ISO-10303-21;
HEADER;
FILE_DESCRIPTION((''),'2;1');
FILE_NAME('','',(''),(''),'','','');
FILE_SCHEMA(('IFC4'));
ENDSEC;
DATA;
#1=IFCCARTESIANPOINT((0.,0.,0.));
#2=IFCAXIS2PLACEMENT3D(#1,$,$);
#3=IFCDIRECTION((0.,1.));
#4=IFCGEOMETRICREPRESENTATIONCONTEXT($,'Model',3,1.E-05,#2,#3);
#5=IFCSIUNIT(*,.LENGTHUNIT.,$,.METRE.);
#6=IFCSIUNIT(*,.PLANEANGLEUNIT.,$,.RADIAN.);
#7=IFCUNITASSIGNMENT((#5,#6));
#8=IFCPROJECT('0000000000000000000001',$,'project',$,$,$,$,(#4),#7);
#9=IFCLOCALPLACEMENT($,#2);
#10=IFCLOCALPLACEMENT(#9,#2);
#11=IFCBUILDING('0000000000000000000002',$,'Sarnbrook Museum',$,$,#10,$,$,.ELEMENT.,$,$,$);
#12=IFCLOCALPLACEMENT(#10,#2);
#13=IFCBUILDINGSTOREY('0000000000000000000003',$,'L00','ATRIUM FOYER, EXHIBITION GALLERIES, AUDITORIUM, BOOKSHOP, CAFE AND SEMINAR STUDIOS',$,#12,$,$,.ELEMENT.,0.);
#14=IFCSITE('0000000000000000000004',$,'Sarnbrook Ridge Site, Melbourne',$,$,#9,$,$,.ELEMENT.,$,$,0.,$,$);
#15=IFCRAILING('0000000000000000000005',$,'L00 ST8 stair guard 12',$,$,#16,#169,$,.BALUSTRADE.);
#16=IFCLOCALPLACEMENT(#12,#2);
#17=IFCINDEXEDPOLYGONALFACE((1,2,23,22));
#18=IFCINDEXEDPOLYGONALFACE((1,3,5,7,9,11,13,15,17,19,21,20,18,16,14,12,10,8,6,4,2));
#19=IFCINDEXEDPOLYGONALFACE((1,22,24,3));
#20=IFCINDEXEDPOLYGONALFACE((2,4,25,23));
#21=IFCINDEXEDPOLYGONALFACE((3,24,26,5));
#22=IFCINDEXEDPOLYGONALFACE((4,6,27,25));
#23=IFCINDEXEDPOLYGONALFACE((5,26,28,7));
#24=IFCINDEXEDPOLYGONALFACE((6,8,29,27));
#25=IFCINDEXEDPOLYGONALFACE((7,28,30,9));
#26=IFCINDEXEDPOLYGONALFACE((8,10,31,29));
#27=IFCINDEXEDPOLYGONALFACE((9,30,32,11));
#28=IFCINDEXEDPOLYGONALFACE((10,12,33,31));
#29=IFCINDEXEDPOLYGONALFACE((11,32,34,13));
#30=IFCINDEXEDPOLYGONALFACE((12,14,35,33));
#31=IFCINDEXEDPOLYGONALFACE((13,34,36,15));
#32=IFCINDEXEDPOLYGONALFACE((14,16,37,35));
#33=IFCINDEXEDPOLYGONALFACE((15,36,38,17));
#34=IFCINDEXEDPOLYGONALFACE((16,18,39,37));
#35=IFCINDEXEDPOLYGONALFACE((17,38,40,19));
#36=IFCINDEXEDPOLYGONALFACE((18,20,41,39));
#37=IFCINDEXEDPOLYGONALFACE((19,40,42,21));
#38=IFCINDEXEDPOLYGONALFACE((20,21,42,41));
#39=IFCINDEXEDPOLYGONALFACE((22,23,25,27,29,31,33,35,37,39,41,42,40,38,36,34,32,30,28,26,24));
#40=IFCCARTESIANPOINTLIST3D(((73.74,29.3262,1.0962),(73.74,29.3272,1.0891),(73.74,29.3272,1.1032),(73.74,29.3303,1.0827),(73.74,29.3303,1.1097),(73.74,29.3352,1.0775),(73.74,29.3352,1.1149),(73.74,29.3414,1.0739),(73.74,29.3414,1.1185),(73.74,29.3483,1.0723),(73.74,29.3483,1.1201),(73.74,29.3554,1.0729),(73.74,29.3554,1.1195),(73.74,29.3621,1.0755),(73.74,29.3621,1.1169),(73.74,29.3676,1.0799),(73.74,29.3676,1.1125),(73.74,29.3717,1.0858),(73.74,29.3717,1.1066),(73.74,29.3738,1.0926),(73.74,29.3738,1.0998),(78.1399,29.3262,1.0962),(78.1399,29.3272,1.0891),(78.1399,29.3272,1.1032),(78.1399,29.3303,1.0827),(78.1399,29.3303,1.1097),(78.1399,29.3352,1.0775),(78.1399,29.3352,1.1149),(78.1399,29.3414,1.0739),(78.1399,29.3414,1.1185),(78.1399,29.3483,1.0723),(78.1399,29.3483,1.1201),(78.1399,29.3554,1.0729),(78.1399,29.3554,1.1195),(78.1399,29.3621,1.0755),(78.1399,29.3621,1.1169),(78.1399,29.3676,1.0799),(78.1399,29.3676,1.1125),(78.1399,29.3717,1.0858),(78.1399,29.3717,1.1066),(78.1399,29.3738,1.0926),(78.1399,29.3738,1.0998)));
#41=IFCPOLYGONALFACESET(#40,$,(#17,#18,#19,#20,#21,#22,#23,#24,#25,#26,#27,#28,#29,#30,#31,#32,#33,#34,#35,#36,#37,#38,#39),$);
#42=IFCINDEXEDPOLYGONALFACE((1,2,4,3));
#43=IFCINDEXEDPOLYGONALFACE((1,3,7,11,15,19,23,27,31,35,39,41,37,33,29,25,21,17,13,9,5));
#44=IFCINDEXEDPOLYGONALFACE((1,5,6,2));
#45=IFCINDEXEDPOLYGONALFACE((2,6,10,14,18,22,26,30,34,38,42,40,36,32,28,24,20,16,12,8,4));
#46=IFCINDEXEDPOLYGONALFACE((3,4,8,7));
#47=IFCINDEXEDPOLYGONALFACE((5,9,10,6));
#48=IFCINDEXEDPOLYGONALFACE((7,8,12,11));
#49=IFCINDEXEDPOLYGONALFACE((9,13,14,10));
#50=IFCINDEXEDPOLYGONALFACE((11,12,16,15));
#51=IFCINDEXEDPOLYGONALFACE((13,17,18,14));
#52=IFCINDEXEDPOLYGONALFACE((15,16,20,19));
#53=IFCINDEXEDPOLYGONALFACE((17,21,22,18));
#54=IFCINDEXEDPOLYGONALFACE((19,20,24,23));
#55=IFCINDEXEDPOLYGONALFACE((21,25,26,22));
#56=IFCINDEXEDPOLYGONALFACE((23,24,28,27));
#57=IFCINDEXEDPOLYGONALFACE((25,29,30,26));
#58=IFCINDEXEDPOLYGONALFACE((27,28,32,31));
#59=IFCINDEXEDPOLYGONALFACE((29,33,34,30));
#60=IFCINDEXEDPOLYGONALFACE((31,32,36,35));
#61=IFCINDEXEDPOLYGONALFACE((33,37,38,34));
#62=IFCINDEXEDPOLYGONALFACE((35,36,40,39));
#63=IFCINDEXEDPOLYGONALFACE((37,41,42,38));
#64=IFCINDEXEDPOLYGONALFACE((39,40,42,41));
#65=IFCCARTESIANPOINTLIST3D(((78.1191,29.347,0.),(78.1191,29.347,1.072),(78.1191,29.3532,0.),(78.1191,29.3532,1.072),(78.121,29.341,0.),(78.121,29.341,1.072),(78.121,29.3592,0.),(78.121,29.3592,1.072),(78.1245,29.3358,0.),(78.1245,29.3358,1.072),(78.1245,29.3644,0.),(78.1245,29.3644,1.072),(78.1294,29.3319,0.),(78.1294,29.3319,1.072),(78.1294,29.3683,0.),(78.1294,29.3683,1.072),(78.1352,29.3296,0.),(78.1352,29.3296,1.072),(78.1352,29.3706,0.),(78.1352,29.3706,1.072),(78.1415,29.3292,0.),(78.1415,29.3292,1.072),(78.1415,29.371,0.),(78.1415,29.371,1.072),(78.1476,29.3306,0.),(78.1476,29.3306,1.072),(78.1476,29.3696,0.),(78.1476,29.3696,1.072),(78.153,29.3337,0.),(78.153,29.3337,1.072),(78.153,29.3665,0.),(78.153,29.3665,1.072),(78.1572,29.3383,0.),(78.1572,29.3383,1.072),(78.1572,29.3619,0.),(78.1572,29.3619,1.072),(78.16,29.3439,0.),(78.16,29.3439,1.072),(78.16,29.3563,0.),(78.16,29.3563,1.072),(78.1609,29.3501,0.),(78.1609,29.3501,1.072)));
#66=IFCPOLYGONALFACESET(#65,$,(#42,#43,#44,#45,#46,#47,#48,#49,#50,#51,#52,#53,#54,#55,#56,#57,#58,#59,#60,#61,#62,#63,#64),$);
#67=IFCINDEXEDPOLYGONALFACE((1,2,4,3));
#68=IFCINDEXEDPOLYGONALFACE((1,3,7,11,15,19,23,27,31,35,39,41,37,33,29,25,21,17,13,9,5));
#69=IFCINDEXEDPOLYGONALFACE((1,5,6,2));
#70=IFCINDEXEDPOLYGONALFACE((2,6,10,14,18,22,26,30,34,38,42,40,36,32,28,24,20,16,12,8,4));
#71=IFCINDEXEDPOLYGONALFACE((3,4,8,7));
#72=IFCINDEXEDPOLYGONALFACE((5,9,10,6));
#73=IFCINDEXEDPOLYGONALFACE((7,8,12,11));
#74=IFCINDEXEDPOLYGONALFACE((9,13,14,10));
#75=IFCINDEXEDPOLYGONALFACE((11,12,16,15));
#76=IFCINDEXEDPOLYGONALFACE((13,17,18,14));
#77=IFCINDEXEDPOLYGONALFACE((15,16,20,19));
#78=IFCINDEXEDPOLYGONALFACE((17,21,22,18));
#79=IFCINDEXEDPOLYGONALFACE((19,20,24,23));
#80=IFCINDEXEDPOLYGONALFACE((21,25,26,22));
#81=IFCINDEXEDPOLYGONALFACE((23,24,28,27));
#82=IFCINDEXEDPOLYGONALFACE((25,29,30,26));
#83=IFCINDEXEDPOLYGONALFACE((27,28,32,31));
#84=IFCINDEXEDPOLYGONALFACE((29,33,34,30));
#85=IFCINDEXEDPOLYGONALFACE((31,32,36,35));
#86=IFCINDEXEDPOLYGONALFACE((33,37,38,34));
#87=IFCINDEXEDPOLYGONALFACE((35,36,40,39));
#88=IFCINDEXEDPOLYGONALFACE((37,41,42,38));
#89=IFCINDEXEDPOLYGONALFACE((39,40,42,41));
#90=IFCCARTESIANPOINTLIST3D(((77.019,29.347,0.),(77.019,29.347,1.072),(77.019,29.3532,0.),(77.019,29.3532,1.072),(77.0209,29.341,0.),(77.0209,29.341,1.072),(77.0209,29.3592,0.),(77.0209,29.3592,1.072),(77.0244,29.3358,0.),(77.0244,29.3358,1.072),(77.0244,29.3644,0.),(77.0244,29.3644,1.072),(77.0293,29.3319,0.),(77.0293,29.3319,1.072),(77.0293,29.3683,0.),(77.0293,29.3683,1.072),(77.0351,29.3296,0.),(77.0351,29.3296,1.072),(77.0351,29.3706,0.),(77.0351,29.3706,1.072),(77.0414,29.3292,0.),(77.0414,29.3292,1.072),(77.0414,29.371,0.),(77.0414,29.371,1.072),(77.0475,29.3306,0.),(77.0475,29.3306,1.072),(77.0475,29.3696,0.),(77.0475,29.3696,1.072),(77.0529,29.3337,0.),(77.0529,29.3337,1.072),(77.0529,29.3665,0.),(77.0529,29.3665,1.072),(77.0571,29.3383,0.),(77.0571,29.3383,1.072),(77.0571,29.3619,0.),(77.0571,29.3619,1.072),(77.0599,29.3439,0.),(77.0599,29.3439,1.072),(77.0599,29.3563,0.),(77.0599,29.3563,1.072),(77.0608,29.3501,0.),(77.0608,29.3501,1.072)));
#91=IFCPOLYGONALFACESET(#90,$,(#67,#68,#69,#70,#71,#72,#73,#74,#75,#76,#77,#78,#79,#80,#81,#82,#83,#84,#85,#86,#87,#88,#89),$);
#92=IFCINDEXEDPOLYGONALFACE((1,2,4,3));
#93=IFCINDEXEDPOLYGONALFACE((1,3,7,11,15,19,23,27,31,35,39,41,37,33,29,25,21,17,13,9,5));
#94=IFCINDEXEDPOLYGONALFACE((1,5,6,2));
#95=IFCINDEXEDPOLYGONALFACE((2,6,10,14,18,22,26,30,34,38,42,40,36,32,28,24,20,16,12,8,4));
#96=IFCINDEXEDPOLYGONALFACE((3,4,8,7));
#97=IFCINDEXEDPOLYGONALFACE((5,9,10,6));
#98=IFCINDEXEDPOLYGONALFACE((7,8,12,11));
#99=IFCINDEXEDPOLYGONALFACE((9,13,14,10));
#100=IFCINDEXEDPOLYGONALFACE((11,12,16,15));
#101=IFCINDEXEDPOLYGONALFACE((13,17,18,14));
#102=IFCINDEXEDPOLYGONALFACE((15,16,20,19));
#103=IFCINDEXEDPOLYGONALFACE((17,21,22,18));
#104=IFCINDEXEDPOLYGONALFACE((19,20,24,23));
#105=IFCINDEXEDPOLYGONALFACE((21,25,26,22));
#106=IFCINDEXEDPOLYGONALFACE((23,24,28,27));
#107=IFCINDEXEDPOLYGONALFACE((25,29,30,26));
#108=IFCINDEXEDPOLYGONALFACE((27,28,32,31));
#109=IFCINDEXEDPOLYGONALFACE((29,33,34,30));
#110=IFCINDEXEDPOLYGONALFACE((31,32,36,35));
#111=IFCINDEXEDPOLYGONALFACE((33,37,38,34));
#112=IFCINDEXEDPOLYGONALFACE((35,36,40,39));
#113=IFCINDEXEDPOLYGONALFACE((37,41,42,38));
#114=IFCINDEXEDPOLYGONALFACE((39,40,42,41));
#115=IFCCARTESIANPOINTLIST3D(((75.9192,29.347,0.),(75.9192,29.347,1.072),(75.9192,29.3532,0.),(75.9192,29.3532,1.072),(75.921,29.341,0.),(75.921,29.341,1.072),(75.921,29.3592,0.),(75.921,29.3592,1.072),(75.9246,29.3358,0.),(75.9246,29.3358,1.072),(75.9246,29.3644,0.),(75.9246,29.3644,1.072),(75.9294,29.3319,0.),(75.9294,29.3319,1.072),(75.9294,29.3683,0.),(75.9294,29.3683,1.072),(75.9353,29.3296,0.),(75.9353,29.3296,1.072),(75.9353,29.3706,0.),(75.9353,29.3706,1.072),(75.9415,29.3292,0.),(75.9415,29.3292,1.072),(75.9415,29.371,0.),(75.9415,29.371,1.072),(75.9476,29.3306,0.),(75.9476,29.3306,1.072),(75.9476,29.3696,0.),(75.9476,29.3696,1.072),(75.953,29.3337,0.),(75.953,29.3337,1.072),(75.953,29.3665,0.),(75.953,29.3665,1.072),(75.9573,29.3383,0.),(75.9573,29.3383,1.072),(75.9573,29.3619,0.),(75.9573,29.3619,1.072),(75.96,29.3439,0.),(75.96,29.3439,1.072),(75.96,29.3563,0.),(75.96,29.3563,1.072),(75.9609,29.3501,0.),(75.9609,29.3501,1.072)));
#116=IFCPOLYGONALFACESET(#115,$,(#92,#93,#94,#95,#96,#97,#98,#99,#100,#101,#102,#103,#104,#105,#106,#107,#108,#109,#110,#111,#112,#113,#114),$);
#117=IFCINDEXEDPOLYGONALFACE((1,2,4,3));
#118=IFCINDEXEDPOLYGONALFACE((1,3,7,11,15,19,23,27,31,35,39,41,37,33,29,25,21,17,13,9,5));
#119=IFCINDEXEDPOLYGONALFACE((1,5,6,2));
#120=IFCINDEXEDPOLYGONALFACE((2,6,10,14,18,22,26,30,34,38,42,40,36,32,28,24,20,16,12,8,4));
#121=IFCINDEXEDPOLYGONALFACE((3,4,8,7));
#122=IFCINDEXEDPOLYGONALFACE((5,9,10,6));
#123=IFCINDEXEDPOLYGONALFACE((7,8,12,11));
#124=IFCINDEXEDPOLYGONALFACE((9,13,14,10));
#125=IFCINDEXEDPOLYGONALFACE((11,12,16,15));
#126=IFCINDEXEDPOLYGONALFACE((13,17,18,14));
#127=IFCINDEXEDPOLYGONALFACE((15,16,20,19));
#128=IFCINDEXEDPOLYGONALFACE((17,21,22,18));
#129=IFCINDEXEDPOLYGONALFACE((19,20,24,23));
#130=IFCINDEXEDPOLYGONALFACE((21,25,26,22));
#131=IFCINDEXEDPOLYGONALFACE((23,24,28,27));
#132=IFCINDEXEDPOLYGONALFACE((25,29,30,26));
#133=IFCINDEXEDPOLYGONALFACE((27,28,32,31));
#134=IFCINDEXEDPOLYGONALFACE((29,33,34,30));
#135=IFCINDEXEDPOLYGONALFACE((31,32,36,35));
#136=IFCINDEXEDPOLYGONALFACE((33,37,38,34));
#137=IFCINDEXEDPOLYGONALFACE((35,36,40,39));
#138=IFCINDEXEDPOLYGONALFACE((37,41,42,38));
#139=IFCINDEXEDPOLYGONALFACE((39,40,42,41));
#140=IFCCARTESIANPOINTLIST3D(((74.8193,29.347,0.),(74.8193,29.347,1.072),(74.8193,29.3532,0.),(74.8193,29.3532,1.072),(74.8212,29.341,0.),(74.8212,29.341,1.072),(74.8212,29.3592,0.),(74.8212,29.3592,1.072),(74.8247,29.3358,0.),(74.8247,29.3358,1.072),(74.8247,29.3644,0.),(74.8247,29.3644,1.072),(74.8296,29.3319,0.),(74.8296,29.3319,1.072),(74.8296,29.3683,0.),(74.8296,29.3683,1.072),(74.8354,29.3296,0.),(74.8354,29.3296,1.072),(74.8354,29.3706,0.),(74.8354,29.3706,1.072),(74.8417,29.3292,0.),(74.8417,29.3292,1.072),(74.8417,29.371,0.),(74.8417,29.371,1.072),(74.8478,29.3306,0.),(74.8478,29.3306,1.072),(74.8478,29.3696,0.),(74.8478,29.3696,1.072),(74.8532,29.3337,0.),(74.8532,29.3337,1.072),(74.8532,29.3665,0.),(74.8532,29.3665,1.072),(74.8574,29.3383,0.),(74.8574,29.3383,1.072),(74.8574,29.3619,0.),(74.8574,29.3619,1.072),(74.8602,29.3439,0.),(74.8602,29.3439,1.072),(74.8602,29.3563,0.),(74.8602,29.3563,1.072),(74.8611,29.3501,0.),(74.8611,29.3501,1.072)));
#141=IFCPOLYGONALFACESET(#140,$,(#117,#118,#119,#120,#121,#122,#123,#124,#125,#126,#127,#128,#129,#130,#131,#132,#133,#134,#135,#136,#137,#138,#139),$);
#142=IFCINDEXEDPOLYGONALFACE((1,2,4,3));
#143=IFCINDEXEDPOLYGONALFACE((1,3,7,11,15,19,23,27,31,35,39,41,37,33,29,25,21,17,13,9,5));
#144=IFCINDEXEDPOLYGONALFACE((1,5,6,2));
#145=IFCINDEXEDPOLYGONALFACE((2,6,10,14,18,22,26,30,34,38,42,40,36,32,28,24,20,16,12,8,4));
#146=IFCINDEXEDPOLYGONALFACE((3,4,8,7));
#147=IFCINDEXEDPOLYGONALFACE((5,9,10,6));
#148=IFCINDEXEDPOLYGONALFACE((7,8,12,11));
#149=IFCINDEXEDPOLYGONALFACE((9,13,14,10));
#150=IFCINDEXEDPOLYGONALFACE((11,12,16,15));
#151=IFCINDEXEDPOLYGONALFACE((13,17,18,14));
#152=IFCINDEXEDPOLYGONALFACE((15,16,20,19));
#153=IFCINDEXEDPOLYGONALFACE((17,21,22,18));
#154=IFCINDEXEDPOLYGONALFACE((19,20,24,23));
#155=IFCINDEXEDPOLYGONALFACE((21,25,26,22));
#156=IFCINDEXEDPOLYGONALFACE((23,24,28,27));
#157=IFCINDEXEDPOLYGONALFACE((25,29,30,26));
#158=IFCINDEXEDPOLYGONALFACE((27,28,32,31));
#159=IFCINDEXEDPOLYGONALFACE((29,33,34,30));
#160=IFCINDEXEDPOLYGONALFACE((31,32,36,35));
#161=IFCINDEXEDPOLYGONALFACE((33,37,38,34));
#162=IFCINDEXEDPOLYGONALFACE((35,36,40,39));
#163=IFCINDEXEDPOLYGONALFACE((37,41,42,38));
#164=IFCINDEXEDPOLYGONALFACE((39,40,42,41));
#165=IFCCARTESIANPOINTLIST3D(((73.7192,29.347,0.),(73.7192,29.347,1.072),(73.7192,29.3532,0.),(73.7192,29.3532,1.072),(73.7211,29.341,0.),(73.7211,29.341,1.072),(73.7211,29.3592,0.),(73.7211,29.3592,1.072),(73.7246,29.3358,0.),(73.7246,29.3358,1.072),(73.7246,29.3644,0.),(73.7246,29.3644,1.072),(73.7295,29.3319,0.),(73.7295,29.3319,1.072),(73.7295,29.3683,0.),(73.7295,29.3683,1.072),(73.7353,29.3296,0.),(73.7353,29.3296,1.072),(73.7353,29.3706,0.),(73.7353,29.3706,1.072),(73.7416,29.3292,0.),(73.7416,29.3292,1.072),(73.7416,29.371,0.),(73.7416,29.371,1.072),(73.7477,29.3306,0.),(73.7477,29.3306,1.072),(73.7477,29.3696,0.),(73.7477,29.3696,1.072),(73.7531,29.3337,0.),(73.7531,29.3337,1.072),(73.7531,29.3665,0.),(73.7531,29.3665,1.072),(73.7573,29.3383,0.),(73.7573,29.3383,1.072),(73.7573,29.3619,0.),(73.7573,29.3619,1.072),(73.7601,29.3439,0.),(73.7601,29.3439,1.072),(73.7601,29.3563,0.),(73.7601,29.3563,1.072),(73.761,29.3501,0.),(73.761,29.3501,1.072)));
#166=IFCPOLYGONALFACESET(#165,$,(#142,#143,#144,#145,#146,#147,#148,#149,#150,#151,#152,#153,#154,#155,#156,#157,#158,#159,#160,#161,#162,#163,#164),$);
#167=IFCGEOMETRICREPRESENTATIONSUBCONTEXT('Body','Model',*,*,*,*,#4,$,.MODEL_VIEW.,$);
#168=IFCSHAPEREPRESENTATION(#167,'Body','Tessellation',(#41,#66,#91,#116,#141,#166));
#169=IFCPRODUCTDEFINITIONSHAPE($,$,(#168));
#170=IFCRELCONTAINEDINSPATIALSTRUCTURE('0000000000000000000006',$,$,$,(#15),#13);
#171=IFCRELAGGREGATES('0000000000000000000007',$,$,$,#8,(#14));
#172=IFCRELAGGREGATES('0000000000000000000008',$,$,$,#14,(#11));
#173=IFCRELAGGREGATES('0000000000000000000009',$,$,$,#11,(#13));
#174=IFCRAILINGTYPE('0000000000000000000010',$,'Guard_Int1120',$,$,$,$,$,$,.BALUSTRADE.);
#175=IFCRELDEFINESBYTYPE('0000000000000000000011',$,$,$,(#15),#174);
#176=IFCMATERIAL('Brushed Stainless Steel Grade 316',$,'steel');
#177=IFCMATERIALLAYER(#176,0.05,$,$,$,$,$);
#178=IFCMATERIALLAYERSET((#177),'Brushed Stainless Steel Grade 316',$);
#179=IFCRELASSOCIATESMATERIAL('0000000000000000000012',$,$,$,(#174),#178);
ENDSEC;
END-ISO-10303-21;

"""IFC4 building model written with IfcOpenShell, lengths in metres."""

from ifc_helpers import new_model, si_unit, direction, frame, origin, origin_2d, place, context, subcontext, project, spatial, circle, extrude, material, layer, layer_set, type_object, element, save


model = new_model("IFC4")

# Units and contexts
model_context = context("Model", 3, precision=1e-05, world=origin(), true_north=direction((0.0, 1.0)))
body_context = subcontext(model_context, "Body", "Model", "MODEL_VIEW")
ifc_project = project(units=[si_unit("LENGTHUNIT", "METRE"), si_unit("PLANEANGLEUNIT", "RADIAN")], contexts=[model_context])

# Site, building, storey
site_placement = place(None, origin())
site = spatial("IfcSite", under=ifc_project, at=site_placement, Name="Sarnbrook Ridge Site, Melbourne", CompositionType="ELEMENT", RefElevation=0.0)
building_placement = place(site_placement, origin())
building = spatial("IfcBuilding", under=site, at=building_placement, Name="Sarnbrook Museum", CompositionType="ELEMENT")
storey_placement = place(building_placement, origin())
storey = spatial("IfcBuildingStorey", under=building, at=storey_placement, Name="L00", Description="ATRIUM FOYER, EXHIBITION GALLERIES, AUDITORIUM, BOOKSHOP, CAFE AND SEMINAR STUDIOS", CompositionType="ELEMENT", Elevation=0.0)

# Railing
ifc_material_1 = material(Name="Brushed Stainless Steel Grade 316", Category="steel")
ifc_layer_1 = layer(ifc_material_1, 0.05)
ifc_layer_set_1 = layer_set([ifc_layer_1], Name="Brushed Stainless Steel Grade 316")
railing_type = type_object("IfcRailingType", Name="Guard_Int1120", PredefinedType="BALUSTRADE", material=ifc_layer_set_1)
railing_1_placement = place(storey_placement, frame((78.1399, 29.3501, 0.0)))
element("IfcRailing", 1, at=railing_1_placement, inside=storey, type_object=railing_type, Name="L00 ST8 stair guard 12", PredefinedType="BALUSTRADE", context=body_context, shape_type="SweptSolid", body=[
    extrude(circle(Radius=0.0239, at=origin_2d()), frame((0.0, 0.0, 1.0962), z_axis=(-1.0, 0.0, 0.0), x_axis=(0.0, -1.0, 0.0)), (0.0, 0.0, 1.0), 4.3999),
    extrude(circle(Radius=0.021, at=origin_2d()), origin(), (0.0, 0.0, 1.0), 1.072),
    extrude(circle(Radius=0.021, at=origin_2d()), frame((-1.1001, 0.0, 0.0)), (0.0, 0.0, 1.0), 1.072),
    extrude(circle(Radius=0.021, at=origin_2d()), frame((-2.2, 0.0, 0.0)), (0.0, 0.0, 1.0), 1.072),
    extrude(circle(Radius=0.021, at=origin_2d()), frame((-3.2998, 0.0, 0.0)), (0.0, 0.0, 1.0), 1.072),
    extrude(circle(Radius=0.021, at=origin_2d()), frame((-4.3999, 0.0, 0.0)), (0.0, 0.0, 1.0), 1.072),
])

save(model, "model.ifc")
